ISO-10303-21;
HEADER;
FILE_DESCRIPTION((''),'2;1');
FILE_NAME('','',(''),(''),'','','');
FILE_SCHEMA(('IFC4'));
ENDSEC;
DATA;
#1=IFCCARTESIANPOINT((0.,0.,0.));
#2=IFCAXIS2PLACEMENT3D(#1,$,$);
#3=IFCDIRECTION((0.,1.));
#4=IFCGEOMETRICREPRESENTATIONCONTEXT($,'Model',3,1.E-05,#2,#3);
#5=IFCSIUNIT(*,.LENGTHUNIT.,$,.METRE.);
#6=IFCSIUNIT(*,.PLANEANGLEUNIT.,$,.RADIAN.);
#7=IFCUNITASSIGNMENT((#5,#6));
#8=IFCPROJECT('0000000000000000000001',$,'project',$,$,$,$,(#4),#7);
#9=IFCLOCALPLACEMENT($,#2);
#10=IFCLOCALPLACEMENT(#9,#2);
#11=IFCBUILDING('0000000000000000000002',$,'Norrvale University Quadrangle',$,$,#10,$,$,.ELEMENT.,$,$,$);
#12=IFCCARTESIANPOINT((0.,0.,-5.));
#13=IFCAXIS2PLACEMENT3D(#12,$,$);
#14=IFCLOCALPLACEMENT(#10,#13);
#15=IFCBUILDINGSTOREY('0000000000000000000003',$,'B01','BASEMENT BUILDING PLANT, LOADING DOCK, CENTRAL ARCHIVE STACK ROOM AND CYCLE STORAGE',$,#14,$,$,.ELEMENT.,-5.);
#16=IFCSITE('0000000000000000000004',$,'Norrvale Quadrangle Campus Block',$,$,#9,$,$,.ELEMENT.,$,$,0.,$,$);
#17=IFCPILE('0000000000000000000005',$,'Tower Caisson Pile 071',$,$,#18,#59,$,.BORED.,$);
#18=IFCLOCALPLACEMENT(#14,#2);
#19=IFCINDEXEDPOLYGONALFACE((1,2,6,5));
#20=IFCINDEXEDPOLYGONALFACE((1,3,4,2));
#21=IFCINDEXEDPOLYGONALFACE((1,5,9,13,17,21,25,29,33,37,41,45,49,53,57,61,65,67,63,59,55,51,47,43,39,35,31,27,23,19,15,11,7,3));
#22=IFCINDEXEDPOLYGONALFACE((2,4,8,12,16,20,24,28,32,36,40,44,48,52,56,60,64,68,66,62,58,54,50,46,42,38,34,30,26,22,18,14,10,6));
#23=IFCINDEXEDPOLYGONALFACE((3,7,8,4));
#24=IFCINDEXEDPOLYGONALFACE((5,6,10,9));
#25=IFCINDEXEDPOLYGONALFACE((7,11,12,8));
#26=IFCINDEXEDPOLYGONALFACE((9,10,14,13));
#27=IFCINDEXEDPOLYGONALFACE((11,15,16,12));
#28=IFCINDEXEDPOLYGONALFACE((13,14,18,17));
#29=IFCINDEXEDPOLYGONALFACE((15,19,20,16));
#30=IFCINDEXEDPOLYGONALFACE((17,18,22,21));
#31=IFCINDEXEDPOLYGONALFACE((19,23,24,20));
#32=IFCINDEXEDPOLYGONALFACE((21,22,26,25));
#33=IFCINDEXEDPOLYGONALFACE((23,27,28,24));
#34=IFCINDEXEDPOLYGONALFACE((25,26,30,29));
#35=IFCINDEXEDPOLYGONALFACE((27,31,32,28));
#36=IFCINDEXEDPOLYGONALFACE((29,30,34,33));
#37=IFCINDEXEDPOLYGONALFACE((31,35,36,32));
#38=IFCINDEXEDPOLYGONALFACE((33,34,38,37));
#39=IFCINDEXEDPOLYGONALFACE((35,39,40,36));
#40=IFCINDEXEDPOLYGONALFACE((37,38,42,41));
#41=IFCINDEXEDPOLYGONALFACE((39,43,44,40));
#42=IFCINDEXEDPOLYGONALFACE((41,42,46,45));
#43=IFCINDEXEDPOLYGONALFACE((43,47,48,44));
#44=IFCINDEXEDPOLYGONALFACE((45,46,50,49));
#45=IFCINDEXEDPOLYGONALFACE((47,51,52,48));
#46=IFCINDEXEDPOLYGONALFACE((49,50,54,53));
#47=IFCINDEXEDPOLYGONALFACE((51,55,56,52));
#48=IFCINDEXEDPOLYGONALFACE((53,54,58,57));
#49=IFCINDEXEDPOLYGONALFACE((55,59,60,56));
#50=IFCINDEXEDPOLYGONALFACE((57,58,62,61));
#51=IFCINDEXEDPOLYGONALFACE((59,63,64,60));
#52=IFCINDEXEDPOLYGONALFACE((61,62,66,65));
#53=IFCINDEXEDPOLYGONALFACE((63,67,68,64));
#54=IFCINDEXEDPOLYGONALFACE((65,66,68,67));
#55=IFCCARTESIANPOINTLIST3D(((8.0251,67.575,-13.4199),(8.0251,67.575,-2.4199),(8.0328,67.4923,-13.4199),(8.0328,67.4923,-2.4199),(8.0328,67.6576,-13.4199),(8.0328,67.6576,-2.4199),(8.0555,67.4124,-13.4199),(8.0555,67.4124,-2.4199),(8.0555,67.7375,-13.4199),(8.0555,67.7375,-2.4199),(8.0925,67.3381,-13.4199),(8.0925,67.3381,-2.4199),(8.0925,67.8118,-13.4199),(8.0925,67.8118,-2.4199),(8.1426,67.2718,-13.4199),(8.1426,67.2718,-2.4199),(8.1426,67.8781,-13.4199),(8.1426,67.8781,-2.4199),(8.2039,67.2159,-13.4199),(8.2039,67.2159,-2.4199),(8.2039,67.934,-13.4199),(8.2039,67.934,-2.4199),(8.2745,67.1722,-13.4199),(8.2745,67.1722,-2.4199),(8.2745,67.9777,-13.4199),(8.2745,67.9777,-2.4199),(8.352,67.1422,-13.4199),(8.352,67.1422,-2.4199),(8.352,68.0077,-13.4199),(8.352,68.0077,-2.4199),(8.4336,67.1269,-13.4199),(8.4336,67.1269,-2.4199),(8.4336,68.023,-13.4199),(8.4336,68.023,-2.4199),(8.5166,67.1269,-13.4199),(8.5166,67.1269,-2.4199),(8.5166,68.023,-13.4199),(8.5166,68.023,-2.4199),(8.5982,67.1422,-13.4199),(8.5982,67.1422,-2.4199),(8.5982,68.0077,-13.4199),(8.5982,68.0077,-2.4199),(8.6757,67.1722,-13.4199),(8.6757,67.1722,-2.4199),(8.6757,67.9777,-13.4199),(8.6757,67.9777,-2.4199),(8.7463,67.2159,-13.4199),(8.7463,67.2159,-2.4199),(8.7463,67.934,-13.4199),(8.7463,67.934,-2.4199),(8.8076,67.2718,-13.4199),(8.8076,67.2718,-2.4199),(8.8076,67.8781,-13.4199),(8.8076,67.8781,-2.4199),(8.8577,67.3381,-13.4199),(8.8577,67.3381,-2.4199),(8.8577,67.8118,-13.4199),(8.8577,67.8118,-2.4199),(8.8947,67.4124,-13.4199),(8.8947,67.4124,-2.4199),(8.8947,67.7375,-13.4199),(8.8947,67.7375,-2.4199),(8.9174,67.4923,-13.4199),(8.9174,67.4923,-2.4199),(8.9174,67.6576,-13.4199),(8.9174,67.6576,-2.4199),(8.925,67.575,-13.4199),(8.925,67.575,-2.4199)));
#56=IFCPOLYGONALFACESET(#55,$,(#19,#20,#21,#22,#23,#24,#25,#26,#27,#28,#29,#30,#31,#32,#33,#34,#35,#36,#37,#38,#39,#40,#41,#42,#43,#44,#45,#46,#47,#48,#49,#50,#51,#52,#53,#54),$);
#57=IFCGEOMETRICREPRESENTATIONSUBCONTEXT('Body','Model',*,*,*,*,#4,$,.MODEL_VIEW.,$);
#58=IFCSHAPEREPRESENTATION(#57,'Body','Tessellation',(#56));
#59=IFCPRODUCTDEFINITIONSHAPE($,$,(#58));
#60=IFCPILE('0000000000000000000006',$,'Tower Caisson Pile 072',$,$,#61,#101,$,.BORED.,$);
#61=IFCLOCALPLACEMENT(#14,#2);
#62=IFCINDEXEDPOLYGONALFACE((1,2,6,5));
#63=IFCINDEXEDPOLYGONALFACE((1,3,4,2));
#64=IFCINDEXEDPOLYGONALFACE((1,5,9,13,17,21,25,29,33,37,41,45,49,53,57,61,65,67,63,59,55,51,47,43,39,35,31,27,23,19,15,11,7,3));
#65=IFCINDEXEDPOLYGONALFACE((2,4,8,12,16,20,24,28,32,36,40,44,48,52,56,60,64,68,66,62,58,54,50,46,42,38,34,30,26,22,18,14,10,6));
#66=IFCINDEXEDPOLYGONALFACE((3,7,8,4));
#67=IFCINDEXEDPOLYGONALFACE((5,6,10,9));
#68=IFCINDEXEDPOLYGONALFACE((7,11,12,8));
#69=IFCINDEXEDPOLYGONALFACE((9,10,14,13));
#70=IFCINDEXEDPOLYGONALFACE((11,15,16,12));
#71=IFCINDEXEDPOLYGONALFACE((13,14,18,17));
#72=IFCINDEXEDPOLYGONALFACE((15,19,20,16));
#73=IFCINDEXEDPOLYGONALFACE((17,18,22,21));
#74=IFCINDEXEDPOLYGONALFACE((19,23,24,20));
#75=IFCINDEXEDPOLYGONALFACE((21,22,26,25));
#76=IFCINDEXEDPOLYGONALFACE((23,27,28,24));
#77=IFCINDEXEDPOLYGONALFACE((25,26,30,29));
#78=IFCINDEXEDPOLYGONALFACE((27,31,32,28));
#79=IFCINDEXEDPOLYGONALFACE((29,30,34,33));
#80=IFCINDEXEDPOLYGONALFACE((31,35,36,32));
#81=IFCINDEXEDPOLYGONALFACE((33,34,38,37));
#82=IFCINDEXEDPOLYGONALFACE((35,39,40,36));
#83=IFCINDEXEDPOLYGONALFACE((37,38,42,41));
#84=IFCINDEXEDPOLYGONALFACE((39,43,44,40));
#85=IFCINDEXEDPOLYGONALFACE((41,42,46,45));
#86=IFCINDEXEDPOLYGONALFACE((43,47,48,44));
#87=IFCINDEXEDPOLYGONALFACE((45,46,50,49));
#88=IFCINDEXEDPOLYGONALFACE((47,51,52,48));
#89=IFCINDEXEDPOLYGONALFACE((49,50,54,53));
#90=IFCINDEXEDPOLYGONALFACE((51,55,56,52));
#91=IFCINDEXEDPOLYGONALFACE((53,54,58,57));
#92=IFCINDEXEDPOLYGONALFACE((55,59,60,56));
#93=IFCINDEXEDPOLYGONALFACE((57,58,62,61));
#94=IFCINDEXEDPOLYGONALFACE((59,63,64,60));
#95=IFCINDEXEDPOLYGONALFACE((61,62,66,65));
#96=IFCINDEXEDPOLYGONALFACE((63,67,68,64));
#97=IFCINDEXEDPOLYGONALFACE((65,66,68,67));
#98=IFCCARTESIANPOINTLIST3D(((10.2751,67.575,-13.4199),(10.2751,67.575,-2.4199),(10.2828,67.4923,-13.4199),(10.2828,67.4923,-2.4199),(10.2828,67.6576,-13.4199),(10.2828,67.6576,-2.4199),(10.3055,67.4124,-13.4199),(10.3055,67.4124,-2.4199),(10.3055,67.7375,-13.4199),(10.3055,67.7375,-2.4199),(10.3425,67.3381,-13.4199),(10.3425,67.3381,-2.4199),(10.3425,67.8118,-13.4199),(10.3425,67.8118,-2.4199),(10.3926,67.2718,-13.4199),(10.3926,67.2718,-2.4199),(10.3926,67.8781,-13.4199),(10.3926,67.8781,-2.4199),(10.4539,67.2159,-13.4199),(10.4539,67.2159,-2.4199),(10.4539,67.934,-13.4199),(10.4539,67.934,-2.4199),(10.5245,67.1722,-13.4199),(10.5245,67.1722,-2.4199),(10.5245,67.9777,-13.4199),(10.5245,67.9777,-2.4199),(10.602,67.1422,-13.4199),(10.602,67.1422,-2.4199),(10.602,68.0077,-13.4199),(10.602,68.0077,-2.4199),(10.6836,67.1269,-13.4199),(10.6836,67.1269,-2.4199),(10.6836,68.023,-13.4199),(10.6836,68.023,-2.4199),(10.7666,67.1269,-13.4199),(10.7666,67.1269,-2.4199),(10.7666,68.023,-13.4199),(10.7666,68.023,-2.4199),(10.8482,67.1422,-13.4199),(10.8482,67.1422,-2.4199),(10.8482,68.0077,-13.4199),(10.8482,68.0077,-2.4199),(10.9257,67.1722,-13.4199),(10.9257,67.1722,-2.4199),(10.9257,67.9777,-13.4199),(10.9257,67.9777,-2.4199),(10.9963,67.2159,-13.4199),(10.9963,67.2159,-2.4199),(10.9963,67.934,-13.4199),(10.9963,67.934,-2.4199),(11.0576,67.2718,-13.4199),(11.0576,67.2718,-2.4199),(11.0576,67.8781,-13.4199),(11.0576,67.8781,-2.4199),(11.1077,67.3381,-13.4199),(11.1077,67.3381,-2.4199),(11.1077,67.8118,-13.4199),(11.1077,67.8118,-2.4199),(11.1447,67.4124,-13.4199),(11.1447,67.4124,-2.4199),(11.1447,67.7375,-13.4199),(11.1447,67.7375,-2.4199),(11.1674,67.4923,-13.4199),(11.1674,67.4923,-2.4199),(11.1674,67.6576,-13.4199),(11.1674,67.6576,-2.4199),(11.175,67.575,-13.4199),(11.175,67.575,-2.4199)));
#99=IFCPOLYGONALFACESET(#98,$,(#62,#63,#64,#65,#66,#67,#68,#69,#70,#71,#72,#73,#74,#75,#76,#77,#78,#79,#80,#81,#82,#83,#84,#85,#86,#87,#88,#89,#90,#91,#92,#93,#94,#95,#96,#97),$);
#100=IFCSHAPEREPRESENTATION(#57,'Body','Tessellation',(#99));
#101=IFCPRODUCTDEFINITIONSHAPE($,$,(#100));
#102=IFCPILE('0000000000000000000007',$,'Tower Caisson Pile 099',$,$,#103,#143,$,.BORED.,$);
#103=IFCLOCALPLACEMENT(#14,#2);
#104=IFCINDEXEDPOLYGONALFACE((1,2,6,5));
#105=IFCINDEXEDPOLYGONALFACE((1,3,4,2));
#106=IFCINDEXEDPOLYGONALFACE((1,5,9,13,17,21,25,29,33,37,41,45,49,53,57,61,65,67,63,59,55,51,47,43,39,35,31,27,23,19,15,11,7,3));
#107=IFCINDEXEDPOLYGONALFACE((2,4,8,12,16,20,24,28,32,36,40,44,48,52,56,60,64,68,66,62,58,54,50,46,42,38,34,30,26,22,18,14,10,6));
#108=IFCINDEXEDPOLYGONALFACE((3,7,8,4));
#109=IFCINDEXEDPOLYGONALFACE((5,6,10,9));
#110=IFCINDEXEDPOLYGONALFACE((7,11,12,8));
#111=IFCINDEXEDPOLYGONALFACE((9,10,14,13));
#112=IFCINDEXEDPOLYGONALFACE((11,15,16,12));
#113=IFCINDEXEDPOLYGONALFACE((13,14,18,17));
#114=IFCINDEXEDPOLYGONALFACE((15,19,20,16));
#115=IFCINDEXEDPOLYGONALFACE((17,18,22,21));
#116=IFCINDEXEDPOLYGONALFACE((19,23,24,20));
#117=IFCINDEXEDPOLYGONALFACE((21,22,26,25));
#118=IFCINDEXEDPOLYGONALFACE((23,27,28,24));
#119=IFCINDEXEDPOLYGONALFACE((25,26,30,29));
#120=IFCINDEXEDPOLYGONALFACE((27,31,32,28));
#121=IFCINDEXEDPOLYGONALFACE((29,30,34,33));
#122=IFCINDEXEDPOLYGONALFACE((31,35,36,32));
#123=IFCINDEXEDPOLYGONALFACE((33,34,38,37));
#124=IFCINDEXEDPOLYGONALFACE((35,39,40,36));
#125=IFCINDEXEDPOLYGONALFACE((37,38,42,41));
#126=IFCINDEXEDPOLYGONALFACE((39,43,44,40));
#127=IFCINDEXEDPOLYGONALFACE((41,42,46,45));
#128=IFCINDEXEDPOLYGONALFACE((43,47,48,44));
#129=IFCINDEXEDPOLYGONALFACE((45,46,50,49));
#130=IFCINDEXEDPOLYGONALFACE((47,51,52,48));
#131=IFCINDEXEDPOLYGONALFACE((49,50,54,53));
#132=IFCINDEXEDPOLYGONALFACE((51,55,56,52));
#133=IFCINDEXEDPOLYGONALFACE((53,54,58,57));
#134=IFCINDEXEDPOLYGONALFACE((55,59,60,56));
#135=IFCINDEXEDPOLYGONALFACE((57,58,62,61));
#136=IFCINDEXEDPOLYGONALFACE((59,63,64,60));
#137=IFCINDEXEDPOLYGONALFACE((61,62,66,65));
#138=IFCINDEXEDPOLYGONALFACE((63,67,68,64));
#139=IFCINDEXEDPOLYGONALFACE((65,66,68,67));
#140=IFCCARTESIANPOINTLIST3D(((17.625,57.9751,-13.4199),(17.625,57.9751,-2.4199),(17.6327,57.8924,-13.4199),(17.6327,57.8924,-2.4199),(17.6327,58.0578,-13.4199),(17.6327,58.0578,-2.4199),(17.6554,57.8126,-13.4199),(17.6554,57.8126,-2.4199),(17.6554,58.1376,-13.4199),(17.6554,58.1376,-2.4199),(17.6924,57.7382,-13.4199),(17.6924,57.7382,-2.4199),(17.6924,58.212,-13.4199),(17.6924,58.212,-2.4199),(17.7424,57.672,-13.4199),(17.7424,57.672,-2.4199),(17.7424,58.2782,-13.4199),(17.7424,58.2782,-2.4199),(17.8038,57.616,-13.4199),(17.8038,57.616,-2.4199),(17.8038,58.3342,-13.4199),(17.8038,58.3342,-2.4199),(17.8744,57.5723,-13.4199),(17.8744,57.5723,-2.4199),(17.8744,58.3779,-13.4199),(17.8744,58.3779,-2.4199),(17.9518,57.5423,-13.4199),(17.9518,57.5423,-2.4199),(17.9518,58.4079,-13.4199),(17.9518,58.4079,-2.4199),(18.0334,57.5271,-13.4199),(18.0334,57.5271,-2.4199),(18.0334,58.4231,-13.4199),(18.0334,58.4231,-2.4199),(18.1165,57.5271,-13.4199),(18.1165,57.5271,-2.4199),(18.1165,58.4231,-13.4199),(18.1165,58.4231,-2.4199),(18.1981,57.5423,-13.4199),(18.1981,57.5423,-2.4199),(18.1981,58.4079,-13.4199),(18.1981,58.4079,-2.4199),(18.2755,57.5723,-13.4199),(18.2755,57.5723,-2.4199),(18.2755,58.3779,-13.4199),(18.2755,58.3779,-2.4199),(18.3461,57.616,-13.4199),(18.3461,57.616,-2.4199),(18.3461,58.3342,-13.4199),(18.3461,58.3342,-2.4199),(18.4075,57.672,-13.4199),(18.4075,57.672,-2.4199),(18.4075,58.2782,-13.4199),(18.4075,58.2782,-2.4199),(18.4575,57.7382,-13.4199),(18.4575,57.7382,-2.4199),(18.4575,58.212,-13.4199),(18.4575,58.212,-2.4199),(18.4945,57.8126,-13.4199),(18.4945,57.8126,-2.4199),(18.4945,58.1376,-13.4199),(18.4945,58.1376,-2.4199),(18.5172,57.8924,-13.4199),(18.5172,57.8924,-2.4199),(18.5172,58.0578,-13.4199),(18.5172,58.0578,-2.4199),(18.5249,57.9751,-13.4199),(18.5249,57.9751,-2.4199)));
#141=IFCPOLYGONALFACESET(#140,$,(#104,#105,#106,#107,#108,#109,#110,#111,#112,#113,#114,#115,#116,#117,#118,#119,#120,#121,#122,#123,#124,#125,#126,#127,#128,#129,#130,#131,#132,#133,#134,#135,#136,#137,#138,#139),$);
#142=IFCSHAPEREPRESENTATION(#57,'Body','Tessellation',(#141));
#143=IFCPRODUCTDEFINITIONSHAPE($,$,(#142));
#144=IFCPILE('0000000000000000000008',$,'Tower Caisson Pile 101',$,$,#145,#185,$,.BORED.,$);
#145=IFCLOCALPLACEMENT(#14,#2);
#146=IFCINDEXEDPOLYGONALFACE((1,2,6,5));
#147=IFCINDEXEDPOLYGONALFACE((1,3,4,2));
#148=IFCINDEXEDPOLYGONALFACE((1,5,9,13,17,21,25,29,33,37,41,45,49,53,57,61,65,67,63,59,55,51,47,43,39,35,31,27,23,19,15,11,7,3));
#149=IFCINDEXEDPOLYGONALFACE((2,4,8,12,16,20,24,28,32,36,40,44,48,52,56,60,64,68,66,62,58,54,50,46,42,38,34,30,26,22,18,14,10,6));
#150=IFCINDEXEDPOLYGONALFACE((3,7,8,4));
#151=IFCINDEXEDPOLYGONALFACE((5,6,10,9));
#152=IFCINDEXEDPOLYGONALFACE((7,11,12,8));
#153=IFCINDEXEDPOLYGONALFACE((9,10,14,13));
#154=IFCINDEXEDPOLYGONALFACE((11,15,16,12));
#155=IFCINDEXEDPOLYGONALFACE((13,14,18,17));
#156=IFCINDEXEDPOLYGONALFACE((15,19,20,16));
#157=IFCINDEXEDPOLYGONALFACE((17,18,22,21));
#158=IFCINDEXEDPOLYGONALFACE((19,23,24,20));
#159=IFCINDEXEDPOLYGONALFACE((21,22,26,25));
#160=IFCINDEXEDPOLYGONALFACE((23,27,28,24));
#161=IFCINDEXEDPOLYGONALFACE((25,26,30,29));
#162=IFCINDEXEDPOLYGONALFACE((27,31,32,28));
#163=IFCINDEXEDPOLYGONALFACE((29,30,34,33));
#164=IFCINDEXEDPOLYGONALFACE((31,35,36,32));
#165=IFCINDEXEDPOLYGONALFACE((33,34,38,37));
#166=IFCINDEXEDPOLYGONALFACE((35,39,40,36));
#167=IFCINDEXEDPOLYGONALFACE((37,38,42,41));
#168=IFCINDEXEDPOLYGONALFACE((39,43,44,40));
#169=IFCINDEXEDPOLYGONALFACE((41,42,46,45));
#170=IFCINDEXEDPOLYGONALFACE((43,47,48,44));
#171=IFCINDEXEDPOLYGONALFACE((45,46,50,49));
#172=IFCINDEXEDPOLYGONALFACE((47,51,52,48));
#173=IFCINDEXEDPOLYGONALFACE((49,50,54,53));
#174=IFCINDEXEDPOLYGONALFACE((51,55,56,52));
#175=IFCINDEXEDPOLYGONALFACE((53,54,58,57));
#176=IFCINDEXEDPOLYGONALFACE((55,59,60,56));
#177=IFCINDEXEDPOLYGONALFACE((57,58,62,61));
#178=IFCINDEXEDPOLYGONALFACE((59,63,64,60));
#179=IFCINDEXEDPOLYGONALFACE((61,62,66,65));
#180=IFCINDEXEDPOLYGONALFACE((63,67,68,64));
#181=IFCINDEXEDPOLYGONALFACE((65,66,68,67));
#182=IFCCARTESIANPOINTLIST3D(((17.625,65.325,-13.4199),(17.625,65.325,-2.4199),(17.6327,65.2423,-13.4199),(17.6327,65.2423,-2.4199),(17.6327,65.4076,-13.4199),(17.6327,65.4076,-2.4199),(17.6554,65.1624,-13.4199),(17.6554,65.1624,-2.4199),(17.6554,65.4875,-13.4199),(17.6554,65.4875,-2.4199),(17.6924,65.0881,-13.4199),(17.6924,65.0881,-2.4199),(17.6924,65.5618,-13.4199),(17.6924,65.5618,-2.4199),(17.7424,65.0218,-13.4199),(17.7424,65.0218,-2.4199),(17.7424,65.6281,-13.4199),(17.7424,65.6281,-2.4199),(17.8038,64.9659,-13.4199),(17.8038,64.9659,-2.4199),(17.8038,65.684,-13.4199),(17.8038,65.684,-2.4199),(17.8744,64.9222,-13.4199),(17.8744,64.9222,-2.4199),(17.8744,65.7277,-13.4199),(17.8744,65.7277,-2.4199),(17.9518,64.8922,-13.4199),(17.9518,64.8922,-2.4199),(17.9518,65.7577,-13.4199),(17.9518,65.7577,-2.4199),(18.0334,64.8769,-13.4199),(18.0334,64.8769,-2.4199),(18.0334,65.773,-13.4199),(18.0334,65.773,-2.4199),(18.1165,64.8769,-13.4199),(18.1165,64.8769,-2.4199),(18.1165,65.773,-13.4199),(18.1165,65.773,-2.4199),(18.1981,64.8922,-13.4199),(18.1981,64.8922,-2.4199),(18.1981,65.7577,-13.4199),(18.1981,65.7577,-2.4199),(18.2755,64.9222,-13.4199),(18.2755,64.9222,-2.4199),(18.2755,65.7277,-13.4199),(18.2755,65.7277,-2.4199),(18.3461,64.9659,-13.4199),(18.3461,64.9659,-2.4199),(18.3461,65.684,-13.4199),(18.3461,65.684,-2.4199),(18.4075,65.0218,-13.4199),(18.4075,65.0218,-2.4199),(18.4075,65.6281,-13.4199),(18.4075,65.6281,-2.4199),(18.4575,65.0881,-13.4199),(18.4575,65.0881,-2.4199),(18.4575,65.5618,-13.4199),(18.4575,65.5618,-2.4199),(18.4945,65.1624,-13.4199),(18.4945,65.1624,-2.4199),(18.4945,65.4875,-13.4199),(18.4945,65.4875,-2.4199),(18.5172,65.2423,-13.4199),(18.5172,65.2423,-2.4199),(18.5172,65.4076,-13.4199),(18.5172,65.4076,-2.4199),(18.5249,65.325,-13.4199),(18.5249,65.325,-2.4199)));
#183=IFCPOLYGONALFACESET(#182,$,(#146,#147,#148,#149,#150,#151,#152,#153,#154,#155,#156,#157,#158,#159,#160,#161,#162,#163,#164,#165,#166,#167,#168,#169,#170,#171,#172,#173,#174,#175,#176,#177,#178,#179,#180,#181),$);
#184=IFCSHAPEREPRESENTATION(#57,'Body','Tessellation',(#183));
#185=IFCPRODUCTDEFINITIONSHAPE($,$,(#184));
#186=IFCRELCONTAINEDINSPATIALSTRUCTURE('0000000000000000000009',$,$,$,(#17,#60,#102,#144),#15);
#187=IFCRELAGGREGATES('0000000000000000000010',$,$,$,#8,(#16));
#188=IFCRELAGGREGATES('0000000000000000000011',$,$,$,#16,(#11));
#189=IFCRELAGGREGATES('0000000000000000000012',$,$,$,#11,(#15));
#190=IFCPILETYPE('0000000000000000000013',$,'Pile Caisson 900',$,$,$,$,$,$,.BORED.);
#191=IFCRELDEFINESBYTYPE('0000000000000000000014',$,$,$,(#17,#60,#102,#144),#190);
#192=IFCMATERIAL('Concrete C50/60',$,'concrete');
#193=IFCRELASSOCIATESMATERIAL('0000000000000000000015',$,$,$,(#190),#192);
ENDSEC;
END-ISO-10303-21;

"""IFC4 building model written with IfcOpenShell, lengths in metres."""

from ifc_helpers import new_model, si_unit, direction, frame, origin, origin_2d, place, context, subcontext, project, spatial, circle, extrude, material, material_profile, profile_set, type_object, element, save


model = new_model("IFC4")

# Units and contexts
model_context = context("Model", 3, precision=1e-05, world=origin(), true_north=direction((0.0, 1.0)))
body_context = subcontext(model_context, "Body", "Model", "MODEL_VIEW")
ifc_project = project(units=[si_unit("LENGTHUNIT", "METRE"), si_unit("PLANEANGLEUNIT", "RADIAN")], contexts=[model_context])

# Site, building, storey
site_placement = place(None, origin())
site = spatial("IfcSite", under=ifc_project, at=site_placement, Name="Norrvale Quadrangle Campus Block", CompositionType="ELEMENT", RefElevation=0.0)
building_placement = place(site_placement, origin())
building = spatial("IfcBuilding", under=site, at=building_placement, Name="Norrvale University Quadrangle", CompositionType="ELEMENT")
storey_placement = place(building_placement, frame((0.0, 0.0, -5.0)))
storey = spatial("IfcBuildingStorey", under=building, at=storey_placement, Name="B01", Description="BASEMENT BUILDING PLANT, LOADING DOCK, CENTRAL ARCHIVE STACK ROOM AND CYCLE STORAGE", CompositionType="ELEMENT", Elevation=-5.0)

# Shared definitions
ifc_material_1 = material(Name="Concrete C50/60", Category="concrete")

# Piles
ifc_material_profile_1 = material_profile(ifc_material_1, circle(Radius=0.45, at=origin_2d()), Name="Concrete C50/60")
ifc_profile_set_1 = profile_set([ifc_material_profile_1], Name="Concrete C50/60")
pile_type = type_object("IfcPileType", Name="Pile Caisson 900", PredefinedType="BORED", material=ifc_profile_set_1)
for number, where, z_axis, x_axis, name in (
    (1, (8.4751, 67.575, -2.4199), (0.0, 0.0, -1.0), (1.0, 0.0, 0.0), "Tower Caisson Pile 071"),
    (2, (10.7251, 67.575, -2.4199), (0.0, 0.0, -1.0), (1.0, 0.0, 0.0), "Tower Caisson Pile 072"),
    (3, (18.075, 57.9751, -2.4199), (0.0, 0.0, -1.0), (1.0, 0.0, 0.0), "Tower Caisson Pile 099"),
    (4, (18.075, 65.325, -2.4199), (0.0, 0.0, -1.0), (1.0, 0.0, 0.0), "Tower Caisson Pile 101"),
):
    element("IfcPile", number, at=place(storey_placement, frame(where, z_axis=z_axis, x_axis=x_axis)), inside=storey, type_object=pile_type, Name=name, PredefinedType="BORED", context=body_context, shape_type="SweptSolid", body=[
        extrude(circle(Radius=0.45, at=origin_2d()), origin(), (0.0, 0.0, 1.0), 11.0),
    ])

save(model, "model.ifc")
